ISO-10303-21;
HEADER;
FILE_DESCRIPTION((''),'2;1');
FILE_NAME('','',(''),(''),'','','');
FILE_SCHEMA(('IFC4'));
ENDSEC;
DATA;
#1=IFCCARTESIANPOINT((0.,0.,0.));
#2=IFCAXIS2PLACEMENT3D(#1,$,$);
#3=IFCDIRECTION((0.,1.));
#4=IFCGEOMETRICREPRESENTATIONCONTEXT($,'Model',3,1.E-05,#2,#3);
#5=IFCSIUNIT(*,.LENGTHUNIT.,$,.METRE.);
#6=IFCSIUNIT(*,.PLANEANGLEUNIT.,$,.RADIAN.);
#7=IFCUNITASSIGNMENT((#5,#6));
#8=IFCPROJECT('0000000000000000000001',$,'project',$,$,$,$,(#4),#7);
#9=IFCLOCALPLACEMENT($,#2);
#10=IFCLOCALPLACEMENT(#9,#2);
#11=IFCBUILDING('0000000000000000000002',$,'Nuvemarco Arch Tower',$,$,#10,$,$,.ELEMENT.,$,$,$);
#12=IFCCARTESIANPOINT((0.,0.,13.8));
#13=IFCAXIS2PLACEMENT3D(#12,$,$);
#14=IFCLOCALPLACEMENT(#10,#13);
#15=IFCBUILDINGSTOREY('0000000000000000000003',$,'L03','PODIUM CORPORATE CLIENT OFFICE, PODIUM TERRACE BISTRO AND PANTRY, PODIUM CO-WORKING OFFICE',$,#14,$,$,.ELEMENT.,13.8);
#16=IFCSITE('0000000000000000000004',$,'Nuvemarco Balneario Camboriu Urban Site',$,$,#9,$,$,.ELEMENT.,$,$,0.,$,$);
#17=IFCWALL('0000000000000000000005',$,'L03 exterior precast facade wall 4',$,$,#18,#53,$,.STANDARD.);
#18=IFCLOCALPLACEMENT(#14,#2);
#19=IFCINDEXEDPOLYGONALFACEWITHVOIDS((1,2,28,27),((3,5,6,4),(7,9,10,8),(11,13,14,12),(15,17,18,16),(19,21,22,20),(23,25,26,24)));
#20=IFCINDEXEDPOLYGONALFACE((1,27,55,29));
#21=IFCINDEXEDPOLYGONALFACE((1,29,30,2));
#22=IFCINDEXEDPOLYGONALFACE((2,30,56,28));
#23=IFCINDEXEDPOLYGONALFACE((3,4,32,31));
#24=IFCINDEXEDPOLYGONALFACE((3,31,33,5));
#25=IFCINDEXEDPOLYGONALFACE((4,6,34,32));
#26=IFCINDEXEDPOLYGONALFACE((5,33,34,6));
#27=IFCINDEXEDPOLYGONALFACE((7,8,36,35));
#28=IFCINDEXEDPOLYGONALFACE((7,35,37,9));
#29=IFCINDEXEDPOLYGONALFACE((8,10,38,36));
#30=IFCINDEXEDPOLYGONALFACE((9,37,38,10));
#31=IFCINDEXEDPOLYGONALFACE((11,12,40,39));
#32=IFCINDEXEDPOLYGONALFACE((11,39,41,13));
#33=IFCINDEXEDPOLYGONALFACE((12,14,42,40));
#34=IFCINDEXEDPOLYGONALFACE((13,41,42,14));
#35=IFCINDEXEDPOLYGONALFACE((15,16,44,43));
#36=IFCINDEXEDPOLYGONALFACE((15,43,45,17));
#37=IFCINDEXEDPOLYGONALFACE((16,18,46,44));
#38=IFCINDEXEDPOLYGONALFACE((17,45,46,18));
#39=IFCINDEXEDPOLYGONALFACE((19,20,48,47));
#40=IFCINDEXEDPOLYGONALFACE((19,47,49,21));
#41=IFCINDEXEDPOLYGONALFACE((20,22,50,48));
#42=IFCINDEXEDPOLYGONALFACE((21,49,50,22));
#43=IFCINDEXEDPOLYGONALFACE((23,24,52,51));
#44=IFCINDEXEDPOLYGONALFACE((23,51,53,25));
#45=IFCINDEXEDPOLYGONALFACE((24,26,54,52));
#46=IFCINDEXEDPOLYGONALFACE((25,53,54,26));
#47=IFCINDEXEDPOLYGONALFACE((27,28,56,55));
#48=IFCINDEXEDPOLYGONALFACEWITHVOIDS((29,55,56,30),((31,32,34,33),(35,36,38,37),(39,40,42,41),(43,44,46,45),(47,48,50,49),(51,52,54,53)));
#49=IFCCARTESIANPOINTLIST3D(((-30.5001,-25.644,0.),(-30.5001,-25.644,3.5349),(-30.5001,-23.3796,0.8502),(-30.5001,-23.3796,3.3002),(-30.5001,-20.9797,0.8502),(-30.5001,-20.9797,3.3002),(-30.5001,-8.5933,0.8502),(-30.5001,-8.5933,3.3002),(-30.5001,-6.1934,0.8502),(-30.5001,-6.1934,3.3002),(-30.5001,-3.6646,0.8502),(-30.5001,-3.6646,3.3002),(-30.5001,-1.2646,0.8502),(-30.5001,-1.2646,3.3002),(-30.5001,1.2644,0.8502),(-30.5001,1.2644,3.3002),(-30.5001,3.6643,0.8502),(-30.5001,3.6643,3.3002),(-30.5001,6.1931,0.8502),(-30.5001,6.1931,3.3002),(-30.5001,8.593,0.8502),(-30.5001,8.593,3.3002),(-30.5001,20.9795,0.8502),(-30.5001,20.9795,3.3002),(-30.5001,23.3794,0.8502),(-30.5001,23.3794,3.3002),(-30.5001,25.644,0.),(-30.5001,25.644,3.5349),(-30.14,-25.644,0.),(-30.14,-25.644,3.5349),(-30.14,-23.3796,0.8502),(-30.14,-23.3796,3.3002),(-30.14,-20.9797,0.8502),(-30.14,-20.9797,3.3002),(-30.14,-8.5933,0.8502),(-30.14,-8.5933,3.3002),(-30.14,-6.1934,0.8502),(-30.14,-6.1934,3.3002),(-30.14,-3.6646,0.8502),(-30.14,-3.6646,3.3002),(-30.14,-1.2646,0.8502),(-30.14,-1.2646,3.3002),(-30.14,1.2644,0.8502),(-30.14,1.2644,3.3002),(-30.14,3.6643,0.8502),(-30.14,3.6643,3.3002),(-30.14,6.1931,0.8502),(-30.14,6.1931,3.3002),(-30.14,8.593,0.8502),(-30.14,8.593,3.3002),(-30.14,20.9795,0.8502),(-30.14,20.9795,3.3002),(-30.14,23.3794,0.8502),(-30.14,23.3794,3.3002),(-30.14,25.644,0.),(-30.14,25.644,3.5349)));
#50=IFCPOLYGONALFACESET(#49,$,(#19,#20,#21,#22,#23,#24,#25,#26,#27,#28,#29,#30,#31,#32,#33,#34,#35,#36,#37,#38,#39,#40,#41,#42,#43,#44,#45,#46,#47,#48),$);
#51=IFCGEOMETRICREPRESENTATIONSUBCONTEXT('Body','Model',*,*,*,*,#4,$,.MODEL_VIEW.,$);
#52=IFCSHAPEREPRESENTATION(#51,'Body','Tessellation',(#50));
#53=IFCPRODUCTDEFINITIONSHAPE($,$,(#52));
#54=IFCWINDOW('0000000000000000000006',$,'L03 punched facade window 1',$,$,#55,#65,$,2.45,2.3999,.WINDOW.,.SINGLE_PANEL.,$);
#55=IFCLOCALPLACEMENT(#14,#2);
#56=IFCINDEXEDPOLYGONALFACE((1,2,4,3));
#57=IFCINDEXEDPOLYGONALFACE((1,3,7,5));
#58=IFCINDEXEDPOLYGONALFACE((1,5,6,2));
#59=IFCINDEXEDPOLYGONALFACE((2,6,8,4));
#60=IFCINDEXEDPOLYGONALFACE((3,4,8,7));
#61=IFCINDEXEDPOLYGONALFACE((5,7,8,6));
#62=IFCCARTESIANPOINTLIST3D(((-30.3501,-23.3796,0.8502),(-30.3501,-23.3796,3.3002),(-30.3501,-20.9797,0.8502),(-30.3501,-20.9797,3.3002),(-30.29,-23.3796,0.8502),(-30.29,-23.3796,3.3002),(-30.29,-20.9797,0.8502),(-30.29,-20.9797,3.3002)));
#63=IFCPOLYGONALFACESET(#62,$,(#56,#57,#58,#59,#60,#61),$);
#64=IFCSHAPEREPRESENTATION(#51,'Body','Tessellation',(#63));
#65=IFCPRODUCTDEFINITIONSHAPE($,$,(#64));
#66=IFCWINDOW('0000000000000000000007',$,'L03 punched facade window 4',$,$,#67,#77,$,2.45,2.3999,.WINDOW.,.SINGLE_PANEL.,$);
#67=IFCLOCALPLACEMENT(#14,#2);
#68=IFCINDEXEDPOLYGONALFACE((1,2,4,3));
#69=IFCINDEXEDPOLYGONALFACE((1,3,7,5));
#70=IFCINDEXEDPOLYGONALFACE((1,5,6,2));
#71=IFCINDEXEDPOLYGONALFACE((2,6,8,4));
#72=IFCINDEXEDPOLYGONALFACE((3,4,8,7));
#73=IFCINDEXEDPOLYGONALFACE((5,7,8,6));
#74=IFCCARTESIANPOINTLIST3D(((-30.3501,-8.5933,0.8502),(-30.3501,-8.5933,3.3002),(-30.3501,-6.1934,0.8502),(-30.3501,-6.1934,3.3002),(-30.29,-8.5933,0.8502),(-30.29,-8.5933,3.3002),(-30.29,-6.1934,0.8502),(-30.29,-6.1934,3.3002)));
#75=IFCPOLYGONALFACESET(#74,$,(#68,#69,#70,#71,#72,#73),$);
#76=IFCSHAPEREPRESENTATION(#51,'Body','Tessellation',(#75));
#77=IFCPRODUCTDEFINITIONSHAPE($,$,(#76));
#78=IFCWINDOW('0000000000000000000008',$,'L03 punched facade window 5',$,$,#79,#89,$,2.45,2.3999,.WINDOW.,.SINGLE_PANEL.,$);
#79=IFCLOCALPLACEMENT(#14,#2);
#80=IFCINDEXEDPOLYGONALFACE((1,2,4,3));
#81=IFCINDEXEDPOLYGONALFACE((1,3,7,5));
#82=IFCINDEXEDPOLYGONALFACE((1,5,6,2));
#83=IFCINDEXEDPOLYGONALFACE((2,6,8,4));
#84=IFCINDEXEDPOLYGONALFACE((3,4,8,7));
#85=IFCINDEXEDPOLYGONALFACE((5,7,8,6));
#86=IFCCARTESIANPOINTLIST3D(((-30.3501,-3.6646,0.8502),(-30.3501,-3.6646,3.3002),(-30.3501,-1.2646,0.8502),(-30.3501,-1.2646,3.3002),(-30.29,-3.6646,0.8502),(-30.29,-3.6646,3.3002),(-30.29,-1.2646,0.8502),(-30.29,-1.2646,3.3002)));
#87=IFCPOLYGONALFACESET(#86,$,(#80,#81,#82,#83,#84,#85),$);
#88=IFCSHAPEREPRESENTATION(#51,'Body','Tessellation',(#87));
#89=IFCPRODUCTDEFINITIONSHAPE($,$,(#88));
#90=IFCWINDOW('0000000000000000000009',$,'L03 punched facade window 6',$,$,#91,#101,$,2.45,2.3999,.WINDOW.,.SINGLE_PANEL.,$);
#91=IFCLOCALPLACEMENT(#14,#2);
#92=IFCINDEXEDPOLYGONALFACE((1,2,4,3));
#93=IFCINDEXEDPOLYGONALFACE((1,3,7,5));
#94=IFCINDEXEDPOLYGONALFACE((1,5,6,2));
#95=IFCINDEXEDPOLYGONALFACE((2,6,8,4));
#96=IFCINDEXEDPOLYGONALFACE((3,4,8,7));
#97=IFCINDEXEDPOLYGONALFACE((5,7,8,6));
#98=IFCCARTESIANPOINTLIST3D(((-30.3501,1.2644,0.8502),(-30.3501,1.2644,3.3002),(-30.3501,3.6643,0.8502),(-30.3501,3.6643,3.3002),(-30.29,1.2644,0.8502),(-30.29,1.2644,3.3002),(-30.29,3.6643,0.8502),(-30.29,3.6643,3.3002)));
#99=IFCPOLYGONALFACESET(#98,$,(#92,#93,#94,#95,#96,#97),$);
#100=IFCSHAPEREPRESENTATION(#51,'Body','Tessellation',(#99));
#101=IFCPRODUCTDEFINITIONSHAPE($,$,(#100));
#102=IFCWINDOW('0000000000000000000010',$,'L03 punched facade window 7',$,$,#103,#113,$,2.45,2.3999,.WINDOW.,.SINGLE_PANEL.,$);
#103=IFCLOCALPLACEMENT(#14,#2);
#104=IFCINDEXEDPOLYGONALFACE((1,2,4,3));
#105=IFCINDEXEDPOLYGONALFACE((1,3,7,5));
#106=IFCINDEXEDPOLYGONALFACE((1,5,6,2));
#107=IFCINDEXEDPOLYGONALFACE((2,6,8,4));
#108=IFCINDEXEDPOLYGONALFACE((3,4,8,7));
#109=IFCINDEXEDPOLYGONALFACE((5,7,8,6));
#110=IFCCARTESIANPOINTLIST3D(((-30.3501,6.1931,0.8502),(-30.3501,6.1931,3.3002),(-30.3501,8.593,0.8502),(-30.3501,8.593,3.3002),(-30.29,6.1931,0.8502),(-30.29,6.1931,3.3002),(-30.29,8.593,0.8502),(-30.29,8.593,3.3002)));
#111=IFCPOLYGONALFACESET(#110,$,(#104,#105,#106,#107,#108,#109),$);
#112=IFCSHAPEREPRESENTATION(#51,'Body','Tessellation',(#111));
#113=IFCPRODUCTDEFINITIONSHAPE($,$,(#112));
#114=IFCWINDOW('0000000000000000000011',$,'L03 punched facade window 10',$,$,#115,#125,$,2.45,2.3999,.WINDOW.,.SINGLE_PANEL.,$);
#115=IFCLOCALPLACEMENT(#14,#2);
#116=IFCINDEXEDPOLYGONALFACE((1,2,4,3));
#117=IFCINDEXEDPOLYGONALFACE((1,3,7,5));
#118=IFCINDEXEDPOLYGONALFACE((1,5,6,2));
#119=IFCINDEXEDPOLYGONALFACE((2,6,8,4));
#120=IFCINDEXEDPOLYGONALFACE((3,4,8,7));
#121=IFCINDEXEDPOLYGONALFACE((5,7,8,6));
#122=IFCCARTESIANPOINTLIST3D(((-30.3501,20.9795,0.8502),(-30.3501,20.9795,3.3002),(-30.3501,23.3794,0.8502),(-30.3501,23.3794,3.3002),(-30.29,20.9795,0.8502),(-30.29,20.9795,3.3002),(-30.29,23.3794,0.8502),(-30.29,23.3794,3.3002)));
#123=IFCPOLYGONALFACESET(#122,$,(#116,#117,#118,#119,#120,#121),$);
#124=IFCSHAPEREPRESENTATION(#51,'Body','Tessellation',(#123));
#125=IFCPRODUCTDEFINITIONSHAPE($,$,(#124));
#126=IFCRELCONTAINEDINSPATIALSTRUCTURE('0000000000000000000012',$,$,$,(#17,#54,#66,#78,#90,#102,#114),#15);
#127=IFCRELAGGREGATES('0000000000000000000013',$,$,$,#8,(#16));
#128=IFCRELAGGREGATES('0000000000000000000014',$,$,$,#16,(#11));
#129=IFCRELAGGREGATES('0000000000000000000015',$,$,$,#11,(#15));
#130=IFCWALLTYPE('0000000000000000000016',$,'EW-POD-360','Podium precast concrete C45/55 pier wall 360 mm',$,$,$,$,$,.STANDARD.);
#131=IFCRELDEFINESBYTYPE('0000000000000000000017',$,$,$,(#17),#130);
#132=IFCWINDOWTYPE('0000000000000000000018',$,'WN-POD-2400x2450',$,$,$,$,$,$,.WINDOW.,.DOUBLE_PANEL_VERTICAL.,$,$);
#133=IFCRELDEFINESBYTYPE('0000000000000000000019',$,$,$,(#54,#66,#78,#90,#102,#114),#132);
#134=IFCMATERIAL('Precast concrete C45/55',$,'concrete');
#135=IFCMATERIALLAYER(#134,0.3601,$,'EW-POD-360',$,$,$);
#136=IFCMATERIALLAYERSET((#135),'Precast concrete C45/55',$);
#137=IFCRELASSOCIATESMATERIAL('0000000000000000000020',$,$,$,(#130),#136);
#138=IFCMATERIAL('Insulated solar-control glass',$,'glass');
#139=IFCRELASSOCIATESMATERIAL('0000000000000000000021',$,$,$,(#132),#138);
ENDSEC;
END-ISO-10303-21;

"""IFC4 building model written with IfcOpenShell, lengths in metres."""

from ifc_helpers import new_model, si_unit, direction, frame, frame_2d, origin, place, context, subcontext, project, spatial, rectangle, extrude, source, transform, mapped, material, layer, layer_set, type_object, type_shapes, element, fill, save


model = new_model("IFC4")

# Units and contexts
model_context = context("Model", 3, precision=1e-05, world=origin(), true_north=direction((0.0, 1.0)))
body_context = subcontext(model_context, "Body", "Model", "MODEL_VIEW")
ifc_project = project(units=[si_unit("LENGTHUNIT", "METRE"), si_unit("PLANEANGLEUNIT", "RADIAN")], contexts=[model_context])

# Site, building, storey
site_placement = place(None, origin())
site = spatial("IfcSite", under=ifc_project, at=site_placement, Name="Nuvemarco Balneario Camboriu Urban Site", CompositionType="ELEMENT", RefElevation=0.0)
building_placement = place(site_placement, origin())
building = spatial("IfcBuilding", under=site, at=building_placement, Name="Nuvemarco Arch Tower", CompositionType="ELEMENT")
storey_placement = place(building_placement, frame((0.0, 0.0, 13.8)))
storey = spatial("IfcBuildingStorey", under=building, at=storey_placement, Name="L03", Description="PODIUM CORPORATE CLIENT OFFICE, PODIUM TERRACE BISTRO AND PANTRY, PODIUM CO-WORKING OFFICE", CompositionType="ELEMENT", Elevation=13.8)

# Shared definitions
ifc_material_1 = material(Name="Precast concrete C45/55", Category="concrete")

# Shared definitions
ifc_material_2 = material(Name="Insulated solar-control glass", Category="glass")

# Wall, openings, windows
ifc_layer_1 = layer(ifc_material_1, 0.3601, Name="EW-POD-360")
ifc_layer_set_1 = layer_set([ifc_layer_1], Name="Precast concrete C45/55")
wall_type = type_object("IfcWallType", Name="EW-POD-360", Description="Podium precast concrete C45/55 pier wall 360 mm", PredefinedType="STANDARD", material=ifc_layer_set_1)
wall_placement = place(storey_placement, frame((-30.3201, -25.644, 0.0), z_axis=(0.0, 0.0, 1.0), x_axis=(0.0, 1.0, 0.0)))
wall = element("IfcWall", 1, at=wall_placement, inside=storey, type_object=wall_type, Name="L03 exterior precast facade wall 4", PredefinedType="STANDARD", context=body_context, shape_type="SweptSolid", body=[
    extrude(rectangle(XDim=51.2881, YDim=0.3601, at=frame_2d((25.644, 0.0))), origin(), (0.0, 0.0, 1.0), 3.5349),
])
opening_1_placement = place(wall_placement, frame((2.2644, 0.0, 0.8501)))
opening_1 = element("IfcOpeningElement", 2, at=opening_1_placement, cuts=wall, PredefinedType="OPENING", context=body_context, shape_type="SweptSolid", body=[
    extrude(rectangle(XDim=2.3999, YDim=2.45, at=frame_2d((1.2, 1.2251))), frame((0.0, 0.1899, 0.0), z_axis=(0.0, -1.0, 0.0), x_axis=(1.0, 0.0, 0.0)), (0.0, 0.0, 1.0), 0.3801),
])
opening_2_placement = place(wall_placement, frame((17.0508, 0.0, 0.8501)))
opening_2 = element("IfcOpeningElement", 3, at=opening_2_placement, cuts=wall, PredefinedType="OPENING", context=body_context, shape_type="SweptSolid", body=[
    extrude(rectangle(XDim=2.3999, YDim=2.45, at=frame_2d((1.2, 1.2251))), frame((0.0, 0.1899, 0.0), z_axis=(0.0, -1.0, 0.0), x_axis=(1.0, 0.0, 0.0)), (0.0, 0.0, 1.0), 0.3801),
])
opening_3_placement = place(wall_placement, frame((21.9795, 0.0, 0.8501)))
opening_3 = element("IfcOpeningElement", 4, at=opening_3_placement, cuts=wall, PredefinedType="OPENING", context=body_context, shape_type="SweptSolid", body=[
    extrude(rectangle(XDim=2.3999, YDim=2.45, at=frame_2d((1.2, 1.2251))), frame((0.0, 0.1899, 0.0), z_axis=(0.0, -1.0, 0.0), x_axis=(1.0, 0.0, 0.0)), (0.0, 0.0, 1.0), 0.3801),
])
opening_4_placement = place(wall_placement, frame((26.9084, 0.0, 0.8501)))
opening_4 = element("IfcOpeningElement", 5, at=opening_4_placement, cuts=wall, PredefinedType="OPENING", context=body_context, shape_type="SweptSolid", body=[
    extrude(rectangle(XDim=2.3999, YDim=2.45, at=frame_2d((1.2, 1.2251))), frame((0.0, 0.1899, 0.0), z_axis=(0.0, -1.0, 0.0), x_axis=(1.0, 0.0, 0.0)), (0.0, 0.0, 1.0), 0.3801),
])
opening_5_placement = place(wall_placement, frame((31.8372, 0.0, 0.8501)))
opening_5 = element("IfcOpeningElement", 6, at=opening_5_placement, cuts=wall, PredefinedType="OPENING", context=body_context, shape_type="SweptSolid", body=[
    extrude(rectangle(XDim=2.3999, YDim=2.45, at=frame_2d((1.2, 1.2251))), frame((0.0, 0.1899, 0.0), z_axis=(0.0, -1.0, 0.0), x_axis=(1.0, 0.0, 0.0)), (0.0, 0.0, 1.0), 0.3801),
])
opening_6_placement = place(wall_placement, frame((46.6235, 0.0, 0.8501)))
opening_6 = element("IfcOpeningElement", 7, at=opening_6_placement, cuts=wall, PredefinedType="OPENING", context=body_context, shape_type="SweptSolid", body=[
    extrude(rectangle(XDim=2.3999, YDim=2.45, at=frame_2d((1.2, 1.2251))), frame((0.0, 0.1899, 0.0), z_axis=(0.0, -1.0, 0.0), x_axis=(1.0, 0.0, 0.0)), (0.0, 0.0, 1.0), 0.3801),
])
window_type = type_object("IfcWindowType", Name="WN-POD-2400x2450", PartitioningType="DOUBLE_PANEL_VERTICAL", PredefinedType="WINDOW", material=ifc_material_2)
shared_shape_1 = source(origin(), body_context, "Body", "SweptSolid", [
    extrude(rectangle(XDim=2.3999, YDim=2.45, at=frame_2d((1.2, 1.2251))), frame((0.0, 0.03, 0.0), z_axis=(0.0, -1.0, 0.0), x_axis=(1.0, 0.0, 0.0)), (0.0, 0.0, 1.0), 0.0601),
])
type_shapes(window_type, [shared_shape_1])
window_1_placement = place(opening_1_placement, origin())
window_1 = element("IfcWindow", 8, at=window_1_placement, inside=storey, type_object=window_type, Name="L03 punched facade window 1", OverallHeight=2.45, OverallWidth=2.3999, PartitioningType="SINGLE_PANEL", PredefinedType="WINDOW", context=body_context, shape_type="MappedRepresentation", body=[
    mapped(shared_shape_1, transform((0.0, 0.0, 0.0), scale=1.0)),
])
fill(opening_1, window_1)
window_2_placement = place(opening_2_placement, origin())
window_2 = element("IfcWindow", 9, at=window_2_placement, inside=storey, type_object=window_type, Name="L03 punched facade window 4", OverallHeight=2.45, OverallWidth=2.3999, PartitioningType="SINGLE_PANEL", PredefinedType="WINDOW", context=body_context, shape_type="MappedRepresentation", body=[
    mapped(shared_shape_1, transform((0.0, 0.0, 0.0), scale=1.0)),
])
fill(opening_2, window_2)
window_3_placement = place(opening_3_placement, origin())
window_3 = element("IfcWindow", 10, at=window_3_placement, inside=storey, type_object=window_type, Name="L03 punched facade window 5", OverallHeight=2.45, OverallWidth=2.3999, PartitioningType="SINGLE_PANEL", PredefinedType="WINDOW", context=body_context, shape_type="MappedRepresentation", body=[
    mapped(shared_shape_1, transform((0.0, 0.0, 0.0), scale=1.0)),
])
fill(opening_3, window_3)
window_4_placement = place(opening_4_placement, origin())
window_4 = element("IfcWindow", 11, at=window_4_placement, inside=storey, type_object=window_type, Name="L03 punched facade window 6", OverallHeight=2.45, OverallWidth=2.3999, PartitioningType="SINGLE_PANEL", PredefinedType="WINDOW", context=body_context, shape_type="MappedRepresentation", body=[
    mapped(shared_shape_1, transform((0.0, 0.0, 0.0), scale=1.0)),
])
fill(opening_4, window_4)
window_5_placement = place(opening_5_placement, origin())
window_5 = element("IfcWindow", 12, at=window_5_placement, inside=storey, type_object=window_type, Name="L03 punched facade window 7", OverallHeight=2.45, OverallWidth=2.3999, PartitioningType="SINGLE_PANEL", PredefinedType="WINDOW", context=body_context, shape_type="MappedRepresentation", body=[
    mapped(shared_shape_1, transform((0.0, 0.0, 0.0), scale=1.0)),
])
fill(opening_5, window_5)
window_6_placement = place(opening_6_placement, origin())
window_6 = element("IfcWindow", 13, at=window_6_placement, inside=storey, type_object=window_type, Name="L03 punched facade window 10", OverallHeight=2.45, OverallWidth=2.3999, PartitioningType="SINGLE_PANEL", PredefinedType="WINDOW", context=body_context, shape_type="MappedRepresentation", body=[
    mapped(shared_shape_1, transform((0.0, 0.0, 0.0), scale=1.0)),
])
fill(opening_6, window_6)

save(model, "model.ifc")
